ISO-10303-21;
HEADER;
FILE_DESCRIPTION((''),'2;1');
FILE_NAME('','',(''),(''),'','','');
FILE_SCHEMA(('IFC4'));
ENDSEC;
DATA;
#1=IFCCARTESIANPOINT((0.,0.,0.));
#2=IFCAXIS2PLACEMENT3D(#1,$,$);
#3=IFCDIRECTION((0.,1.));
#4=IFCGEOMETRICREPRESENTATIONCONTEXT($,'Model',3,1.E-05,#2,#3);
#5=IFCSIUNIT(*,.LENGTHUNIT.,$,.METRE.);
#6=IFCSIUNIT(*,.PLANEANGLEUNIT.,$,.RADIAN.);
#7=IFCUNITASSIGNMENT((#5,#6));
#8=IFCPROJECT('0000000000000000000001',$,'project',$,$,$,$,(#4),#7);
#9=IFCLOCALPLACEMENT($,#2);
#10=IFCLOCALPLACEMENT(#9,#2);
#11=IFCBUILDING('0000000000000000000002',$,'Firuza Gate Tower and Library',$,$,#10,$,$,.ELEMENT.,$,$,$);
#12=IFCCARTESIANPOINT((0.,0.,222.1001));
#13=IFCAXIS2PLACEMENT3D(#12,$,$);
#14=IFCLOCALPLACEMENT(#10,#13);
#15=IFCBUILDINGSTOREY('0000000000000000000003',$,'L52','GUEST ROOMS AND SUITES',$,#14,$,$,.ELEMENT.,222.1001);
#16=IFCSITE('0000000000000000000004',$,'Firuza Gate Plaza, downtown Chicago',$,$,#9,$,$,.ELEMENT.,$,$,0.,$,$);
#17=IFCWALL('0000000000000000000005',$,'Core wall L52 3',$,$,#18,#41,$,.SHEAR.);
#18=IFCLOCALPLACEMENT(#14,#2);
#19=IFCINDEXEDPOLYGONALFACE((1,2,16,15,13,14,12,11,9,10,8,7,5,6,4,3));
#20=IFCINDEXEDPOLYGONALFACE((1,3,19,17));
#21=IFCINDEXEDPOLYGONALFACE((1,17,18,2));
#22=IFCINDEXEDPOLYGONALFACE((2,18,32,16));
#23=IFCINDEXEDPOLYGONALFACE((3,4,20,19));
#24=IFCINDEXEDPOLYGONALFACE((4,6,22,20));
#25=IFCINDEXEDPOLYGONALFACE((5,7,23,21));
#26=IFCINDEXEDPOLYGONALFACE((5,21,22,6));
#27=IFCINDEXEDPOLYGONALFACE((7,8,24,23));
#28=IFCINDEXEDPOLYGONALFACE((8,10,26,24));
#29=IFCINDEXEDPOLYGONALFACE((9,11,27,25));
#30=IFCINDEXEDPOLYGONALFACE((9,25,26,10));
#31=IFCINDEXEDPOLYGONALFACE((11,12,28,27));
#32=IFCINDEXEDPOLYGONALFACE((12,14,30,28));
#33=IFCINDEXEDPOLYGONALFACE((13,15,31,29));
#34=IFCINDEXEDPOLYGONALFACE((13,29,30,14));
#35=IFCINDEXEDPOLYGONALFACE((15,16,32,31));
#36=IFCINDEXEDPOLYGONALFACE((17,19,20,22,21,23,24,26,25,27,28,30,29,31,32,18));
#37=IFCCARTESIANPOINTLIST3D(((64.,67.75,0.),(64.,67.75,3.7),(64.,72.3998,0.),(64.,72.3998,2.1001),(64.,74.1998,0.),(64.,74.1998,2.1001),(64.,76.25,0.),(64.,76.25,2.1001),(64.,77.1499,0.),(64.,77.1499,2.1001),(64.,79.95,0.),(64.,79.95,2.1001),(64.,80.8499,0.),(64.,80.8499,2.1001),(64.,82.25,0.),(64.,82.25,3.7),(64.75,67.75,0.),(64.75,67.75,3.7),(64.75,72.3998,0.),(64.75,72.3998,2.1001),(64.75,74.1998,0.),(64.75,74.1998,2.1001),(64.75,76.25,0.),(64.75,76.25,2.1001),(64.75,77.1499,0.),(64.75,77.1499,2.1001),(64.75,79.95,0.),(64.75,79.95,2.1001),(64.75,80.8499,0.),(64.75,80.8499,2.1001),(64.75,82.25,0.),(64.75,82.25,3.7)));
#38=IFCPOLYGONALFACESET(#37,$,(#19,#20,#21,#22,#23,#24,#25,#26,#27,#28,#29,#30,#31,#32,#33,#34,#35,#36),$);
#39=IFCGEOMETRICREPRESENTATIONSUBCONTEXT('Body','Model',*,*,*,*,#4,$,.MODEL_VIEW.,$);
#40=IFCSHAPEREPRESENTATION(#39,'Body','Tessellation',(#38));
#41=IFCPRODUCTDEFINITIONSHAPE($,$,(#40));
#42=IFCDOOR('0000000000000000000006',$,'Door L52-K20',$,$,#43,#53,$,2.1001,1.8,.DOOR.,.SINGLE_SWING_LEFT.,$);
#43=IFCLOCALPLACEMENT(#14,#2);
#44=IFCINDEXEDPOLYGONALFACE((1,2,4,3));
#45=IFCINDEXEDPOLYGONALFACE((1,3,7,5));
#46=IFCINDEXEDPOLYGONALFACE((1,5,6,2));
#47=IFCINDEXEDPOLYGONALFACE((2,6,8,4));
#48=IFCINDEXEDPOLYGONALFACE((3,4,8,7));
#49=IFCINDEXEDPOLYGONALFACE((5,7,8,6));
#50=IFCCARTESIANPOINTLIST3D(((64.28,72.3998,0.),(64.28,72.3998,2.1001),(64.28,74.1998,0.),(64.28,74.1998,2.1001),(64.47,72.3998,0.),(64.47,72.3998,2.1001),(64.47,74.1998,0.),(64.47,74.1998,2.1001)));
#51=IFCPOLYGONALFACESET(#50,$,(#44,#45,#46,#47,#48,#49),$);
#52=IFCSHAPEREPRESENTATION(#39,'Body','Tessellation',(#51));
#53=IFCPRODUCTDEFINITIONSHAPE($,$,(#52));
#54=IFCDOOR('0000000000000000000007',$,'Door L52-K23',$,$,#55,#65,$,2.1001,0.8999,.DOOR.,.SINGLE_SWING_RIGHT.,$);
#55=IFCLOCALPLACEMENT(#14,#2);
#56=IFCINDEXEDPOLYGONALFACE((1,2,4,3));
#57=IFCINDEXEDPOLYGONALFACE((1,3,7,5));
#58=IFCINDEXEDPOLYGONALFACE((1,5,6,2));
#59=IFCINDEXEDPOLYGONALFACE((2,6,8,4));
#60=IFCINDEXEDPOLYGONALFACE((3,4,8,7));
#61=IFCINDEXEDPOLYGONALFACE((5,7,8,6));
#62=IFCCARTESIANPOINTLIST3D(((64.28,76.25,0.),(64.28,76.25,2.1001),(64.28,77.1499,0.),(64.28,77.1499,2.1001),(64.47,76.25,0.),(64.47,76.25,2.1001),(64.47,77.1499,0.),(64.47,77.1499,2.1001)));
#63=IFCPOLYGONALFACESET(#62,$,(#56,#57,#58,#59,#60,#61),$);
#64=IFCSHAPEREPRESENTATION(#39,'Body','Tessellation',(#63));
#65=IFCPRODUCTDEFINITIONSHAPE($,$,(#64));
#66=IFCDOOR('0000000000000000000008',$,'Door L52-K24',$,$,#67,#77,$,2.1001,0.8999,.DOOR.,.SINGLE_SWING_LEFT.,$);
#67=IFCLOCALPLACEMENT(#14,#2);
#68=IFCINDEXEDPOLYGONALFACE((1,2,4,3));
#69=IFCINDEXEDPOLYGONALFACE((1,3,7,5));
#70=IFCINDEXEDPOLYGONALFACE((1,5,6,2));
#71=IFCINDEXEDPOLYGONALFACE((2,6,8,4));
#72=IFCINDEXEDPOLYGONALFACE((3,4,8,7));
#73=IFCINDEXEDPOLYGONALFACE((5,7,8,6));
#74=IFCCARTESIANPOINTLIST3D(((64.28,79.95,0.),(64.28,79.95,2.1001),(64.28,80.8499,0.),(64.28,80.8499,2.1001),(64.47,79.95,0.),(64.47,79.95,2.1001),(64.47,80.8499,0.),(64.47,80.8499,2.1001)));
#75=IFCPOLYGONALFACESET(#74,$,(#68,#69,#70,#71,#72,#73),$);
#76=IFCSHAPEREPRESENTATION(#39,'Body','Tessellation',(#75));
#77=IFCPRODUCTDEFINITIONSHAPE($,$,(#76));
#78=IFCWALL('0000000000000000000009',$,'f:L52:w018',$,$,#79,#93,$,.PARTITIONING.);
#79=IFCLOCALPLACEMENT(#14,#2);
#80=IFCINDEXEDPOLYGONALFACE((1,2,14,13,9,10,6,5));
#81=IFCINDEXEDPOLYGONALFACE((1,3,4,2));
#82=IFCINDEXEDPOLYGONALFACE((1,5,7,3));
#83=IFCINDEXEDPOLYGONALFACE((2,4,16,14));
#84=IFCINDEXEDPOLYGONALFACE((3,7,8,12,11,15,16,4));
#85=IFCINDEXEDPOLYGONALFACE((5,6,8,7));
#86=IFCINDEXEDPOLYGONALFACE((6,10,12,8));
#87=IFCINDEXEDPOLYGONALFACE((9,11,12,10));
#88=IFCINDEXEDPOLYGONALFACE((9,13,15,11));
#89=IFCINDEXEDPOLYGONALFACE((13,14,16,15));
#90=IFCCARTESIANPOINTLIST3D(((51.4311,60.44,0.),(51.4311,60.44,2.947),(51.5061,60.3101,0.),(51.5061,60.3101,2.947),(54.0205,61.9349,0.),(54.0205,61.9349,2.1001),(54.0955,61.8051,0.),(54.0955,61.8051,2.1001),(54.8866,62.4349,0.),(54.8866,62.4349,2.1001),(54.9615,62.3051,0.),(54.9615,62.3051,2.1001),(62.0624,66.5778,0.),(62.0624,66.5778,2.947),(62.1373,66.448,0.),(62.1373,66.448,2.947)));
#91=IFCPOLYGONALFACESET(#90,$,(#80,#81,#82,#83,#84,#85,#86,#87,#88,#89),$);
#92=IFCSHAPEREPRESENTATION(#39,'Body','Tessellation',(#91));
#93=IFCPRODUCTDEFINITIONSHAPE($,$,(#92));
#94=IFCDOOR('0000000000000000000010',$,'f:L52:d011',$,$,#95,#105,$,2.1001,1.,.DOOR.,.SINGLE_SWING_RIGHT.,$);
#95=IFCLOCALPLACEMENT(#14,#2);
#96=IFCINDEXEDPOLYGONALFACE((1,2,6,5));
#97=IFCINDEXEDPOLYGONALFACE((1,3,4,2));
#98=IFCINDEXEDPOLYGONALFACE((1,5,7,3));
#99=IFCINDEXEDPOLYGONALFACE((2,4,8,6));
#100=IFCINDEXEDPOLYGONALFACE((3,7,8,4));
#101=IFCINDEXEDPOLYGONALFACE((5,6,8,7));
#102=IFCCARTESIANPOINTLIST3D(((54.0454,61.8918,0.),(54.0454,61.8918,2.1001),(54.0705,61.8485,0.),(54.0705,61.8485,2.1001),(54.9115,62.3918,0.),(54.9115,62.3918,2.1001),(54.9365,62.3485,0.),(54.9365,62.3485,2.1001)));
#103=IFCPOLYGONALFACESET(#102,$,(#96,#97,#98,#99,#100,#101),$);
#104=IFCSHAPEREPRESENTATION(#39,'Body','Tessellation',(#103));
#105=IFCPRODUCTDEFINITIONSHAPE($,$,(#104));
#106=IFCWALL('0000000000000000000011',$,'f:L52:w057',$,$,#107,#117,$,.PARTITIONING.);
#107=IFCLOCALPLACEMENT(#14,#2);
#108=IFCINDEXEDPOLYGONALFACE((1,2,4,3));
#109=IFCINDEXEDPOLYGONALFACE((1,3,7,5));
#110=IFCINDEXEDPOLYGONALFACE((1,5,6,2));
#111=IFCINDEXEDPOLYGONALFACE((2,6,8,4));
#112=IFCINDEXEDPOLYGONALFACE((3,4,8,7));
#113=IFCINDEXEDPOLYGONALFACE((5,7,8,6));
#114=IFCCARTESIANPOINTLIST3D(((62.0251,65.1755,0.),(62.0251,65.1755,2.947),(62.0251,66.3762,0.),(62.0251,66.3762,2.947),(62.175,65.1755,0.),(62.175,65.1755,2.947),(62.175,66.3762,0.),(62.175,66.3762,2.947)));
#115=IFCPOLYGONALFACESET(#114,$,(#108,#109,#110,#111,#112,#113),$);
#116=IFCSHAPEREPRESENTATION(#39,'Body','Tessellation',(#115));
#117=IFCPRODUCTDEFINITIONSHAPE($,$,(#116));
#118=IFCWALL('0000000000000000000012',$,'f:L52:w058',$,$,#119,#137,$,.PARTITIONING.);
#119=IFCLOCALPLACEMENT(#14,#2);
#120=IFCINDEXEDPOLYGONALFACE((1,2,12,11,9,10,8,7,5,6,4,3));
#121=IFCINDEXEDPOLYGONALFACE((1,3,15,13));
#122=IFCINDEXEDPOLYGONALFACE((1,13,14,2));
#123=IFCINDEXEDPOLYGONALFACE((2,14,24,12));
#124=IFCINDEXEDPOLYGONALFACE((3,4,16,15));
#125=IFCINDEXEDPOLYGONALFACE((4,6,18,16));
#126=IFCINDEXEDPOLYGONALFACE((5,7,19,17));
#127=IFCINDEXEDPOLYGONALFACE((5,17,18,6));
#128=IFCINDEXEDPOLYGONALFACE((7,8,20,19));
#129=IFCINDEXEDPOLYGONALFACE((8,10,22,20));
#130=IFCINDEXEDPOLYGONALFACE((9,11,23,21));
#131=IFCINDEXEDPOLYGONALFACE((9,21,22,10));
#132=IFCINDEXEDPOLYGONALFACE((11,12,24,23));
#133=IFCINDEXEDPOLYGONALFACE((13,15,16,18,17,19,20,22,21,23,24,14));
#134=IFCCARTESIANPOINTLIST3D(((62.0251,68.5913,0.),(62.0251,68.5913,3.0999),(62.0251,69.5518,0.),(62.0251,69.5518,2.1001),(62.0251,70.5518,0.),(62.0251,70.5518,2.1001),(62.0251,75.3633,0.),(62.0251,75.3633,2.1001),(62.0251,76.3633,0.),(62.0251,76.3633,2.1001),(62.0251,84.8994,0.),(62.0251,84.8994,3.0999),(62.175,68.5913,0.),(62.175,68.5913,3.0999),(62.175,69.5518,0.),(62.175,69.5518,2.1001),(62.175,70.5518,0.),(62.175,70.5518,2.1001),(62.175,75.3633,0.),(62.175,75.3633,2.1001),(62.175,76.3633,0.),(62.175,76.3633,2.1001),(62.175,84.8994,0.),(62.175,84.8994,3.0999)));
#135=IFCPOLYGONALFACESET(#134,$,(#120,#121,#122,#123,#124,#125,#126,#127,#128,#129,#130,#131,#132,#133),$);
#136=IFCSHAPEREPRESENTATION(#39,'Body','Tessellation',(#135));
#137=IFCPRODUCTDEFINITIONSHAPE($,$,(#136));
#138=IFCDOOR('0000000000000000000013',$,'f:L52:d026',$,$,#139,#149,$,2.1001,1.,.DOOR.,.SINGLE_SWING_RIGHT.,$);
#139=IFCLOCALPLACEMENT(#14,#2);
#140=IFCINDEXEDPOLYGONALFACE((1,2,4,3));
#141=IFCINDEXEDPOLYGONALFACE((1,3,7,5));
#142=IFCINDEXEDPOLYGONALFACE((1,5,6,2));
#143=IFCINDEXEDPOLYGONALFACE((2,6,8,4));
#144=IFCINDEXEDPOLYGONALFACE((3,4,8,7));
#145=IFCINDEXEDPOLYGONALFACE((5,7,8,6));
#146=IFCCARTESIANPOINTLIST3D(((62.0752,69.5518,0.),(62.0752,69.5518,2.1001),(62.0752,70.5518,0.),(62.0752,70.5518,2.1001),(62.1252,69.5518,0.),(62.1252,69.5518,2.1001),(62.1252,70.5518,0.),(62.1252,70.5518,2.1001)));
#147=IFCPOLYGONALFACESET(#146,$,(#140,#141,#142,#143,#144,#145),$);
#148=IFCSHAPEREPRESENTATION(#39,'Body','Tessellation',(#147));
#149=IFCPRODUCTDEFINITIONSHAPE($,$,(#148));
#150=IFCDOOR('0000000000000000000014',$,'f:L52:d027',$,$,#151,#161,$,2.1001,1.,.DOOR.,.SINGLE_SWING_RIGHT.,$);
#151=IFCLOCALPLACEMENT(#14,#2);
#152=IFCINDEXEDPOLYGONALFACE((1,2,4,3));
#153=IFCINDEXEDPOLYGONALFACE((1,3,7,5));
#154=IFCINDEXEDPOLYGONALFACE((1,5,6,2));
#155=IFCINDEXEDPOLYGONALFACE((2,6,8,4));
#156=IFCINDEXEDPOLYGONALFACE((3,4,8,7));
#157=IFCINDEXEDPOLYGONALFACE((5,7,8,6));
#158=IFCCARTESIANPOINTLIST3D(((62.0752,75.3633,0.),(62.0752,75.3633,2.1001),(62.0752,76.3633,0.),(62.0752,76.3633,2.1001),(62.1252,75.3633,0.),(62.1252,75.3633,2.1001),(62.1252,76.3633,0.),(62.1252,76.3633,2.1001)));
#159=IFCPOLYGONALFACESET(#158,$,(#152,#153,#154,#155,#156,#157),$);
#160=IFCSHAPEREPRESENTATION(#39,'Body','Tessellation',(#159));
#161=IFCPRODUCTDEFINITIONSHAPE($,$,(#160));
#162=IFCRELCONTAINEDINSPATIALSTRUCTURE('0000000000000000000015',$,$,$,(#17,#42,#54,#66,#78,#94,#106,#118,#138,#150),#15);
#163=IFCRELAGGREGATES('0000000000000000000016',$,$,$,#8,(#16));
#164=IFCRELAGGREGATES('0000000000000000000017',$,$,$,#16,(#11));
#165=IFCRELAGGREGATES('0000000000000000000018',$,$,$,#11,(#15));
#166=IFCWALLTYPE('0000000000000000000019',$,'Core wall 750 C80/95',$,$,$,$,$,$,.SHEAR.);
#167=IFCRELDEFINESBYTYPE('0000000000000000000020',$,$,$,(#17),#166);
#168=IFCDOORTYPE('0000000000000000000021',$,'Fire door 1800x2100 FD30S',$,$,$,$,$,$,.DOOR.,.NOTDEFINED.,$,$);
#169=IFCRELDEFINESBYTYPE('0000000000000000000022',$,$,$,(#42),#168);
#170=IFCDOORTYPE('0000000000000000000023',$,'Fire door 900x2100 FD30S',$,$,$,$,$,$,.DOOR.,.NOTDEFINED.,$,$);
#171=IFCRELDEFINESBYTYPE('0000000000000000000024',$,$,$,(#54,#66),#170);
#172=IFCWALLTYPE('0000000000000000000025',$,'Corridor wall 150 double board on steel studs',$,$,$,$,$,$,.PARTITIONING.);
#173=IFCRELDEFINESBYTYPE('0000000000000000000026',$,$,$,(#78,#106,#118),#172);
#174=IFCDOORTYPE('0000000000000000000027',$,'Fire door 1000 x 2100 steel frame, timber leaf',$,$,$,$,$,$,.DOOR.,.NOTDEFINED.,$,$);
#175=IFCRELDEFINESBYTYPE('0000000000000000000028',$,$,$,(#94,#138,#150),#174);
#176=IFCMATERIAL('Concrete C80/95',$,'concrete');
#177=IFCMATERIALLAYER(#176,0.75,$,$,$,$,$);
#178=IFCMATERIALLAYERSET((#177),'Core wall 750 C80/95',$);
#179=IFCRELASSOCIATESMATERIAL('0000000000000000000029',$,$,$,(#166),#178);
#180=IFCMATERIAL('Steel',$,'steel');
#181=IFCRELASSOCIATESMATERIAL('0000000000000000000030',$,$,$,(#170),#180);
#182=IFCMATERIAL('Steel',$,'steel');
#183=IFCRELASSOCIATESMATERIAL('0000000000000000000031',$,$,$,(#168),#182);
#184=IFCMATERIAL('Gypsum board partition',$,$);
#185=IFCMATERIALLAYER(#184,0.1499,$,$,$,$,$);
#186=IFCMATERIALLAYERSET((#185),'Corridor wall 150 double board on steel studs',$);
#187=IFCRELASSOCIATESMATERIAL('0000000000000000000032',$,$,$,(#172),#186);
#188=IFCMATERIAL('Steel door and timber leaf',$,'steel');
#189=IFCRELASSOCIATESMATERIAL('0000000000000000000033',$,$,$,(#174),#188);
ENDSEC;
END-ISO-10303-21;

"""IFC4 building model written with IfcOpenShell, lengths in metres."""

from ifc_helpers import new_model, si_unit, direction, frame, frame_2d, origin, place, context, subcontext, project, spatial, rectangle, extrude, material, layer, layer_set, type_object, element, fill, save


model = new_model("IFC4")

# Units and contexts
model_context = context("Model", 3, precision=1e-05, world=origin(), true_north=direction((0.0, 1.0)))
body_context = subcontext(model_context, "Body", "Model", "MODEL_VIEW")
ifc_project = project(units=[si_unit("LENGTHUNIT", "METRE"), si_unit("PLANEANGLEUNIT", "RADIAN")], contexts=[model_context])

# Site, building, storey
site_placement = place(None, origin())
site = spatial("IfcSite", under=ifc_project, at=site_placement, Name="Firuza Gate Plaza, downtown Chicago", CompositionType="ELEMENT", RefElevation=0.0)
building_placement = place(site_placement, origin())
building = spatial("IfcBuilding", under=site, at=building_placement, Name="Firuza Gate Tower and Library", CompositionType="ELEMENT")
storey_placement = place(building_placement, frame((0.0, 0.0, 222.1001)))
storey = spatial("IfcBuildingStorey", under=building, at=storey_placement, Name="L52", Description="GUEST ROOMS AND SUITES", CompositionType="ELEMENT", Elevation=222.1001)

# Shared definitions
ifc_material_1 = material(Name="Concrete C80/95", Category="concrete")
ifc_layer_1 = layer(ifc_material_1, 0.75)
ifc_layer_set_1 = layer_set([ifc_layer_1], Name="Core wall 750 C80/95")
wall_type_1 = type_object("IfcWallType", Name="Core wall 750 C80/95", PredefinedType="SHEAR", material=ifc_layer_set_1)
ifc_material_2 = material(Name="Steel", Category="steel")
door_type_1 = type_object("IfcDoorType", Name="Fire door 900x2100 FD30S", OperationType="NOTDEFINED", PredefinedType="DOOR", material=ifc_material_2)

# Wall, openings, doors
wall_1_placement = place(storey_placement, frame((64.375, 67.75, 0.0), z_axis=(0.0, 0.0, 1.0), x_axis=(0.0, 1.0, 0.0)))
wall_1 = element("IfcWall", 1, at=wall_1_placement, inside=storey, type_object=wall_type_1, Name="Core wall L52 3", PredefinedType="SHEAR", context=body_context, shape_type="SweptSolid", body=[
    extrude(rectangle(XDim=14.5, YDim=0.75, at=frame_2d((7.25, 0.0))), origin(), (0.0, 0.0, 1.0), 3.7),
])
opening_1_placement = place(wall_1_placement, frame((4.6499, 0.0, 0.0)))
opening_1 = element("IfcOpeningElement", 2, at=opening_1_placement, cuts=wall_1, PredefinedType="OPENING", context=body_context, shape_type="SweptSolid", body=[
    extrude(rectangle(XDim=1.8, YDim=2.1001, at=frame_2d((0.8999, 1.05))), frame((0.0, 0.385, 0.0), z_axis=(0.0, -1.0, 0.0), x_axis=(1.0, 0.0, 0.0)), (0.0, 0.0, 1.0), 0.77),
])
opening_2_placement = place(wall_1_placement, frame((8.5, 0.0, 0.0)))
opening_2 = element("IfcOpeningElement", 3, at=opening_2_placement, cuts=wall_1, PredefinedType="OPENING", context=body_context, shape_type="SweptSolid", body=[
    extrude(rectangle(XDim=0.8999, YDim=2.1001, at=frame_2d((0.45, 1.05))), frame((0.0, 0.385, 0.0), z_axis=(0.0, -1.0, 0.0), x_axis=(1.0, 0.0, 0.0)), (0.0, 0.0, 1.0), 0.77),
])
opening_3_placement = place(wall_1_placement, frame((12.2, 0.0, 0.0)))
opening_3 = element("IfcOpeningElement", 4, at=opening_3_placement, cuts=wall_1, PredefinedType="OPENING", context=body_context, shape_type="SweptSolid", body=[
    extrude(rectangle(XDim=0.8999, YDim=2.1001, at=frame_2d((0.45, 1.05))), frame((0.0, 0.385, 0.0), z_axis=(0.0, -1.0, 0.0), x_axis=(1.0, 0.0, 0.0)), (0.0, 0.0, 1.0), 0.77),
])
ifc_material_3 = material(Name="Steel", Category="steel")
door_type_2 = type_object("IfcDoorType", Name="Fire door 1800x2100 FD30S", OperationType="NOTDEFINED", PredefinedType="DOOR", material=ifc_material_3)
door_1_placement = place(opening_1_placement, origin())
door_1 = element("IfcDoor", 5, at=door_1_placement, inside=storey, type_object=door_type_2, Name="Door L52-K20", OperationType="SINGLE_SWING_LEFT", OverallHeight=2.1001, OverallWidth=1.8, PredefinedType="DOOR", context=body_context, shape_type="SweptSolid", body=[
    extrude(rectangle(XDim=1.8, YDim=2.1001, at=frame_2d((0.8999, 1.05))), frame((0.0, 0.095, 0.0), z_axis=(0.0, -1.0, 0.0), x_axis=(1.0, 0.0, 0.0)), (0.0, 0.0, 1.0), 0.1899),
])
fill(opening_1, door_1)
door_2_placement = place(opening_2_placement, origin())
door_2 = element("IfcDoor", 6, at=door_2_placement, inside=storey, type_object=door_type_1, Name="Door L52-K23", OperationType="SINGLE_SWING_RIGHT", OverallHeight=2.1001, OverallWidth=0.8999, PredefinedType="DOOR", context=body_context, shape_type="SweptSolid", body=[
    extrude(rectangle(XDim=0.8999, YDim=2.1001, at=frame_2d((0.45, 1.05))), frame((0.0, 0.095, 0.0), z_axis=(0.0, -1.0, 0.0), x_axis=(1.0, 0.0, 0.0)), (0.0, 0.0, 1.0), 0.1899),
])
fill(opening_2, door_2)
door_3_placement = place(opening_3_placement, origin())
door_3 = element("IfcDoor", 7, at=door_3_placement, inside=storey, type_object=door_type_1, Name="Door L52-K24", OperationType="SINGLE_SWING_LEFT", OverallHeight=2.1001, OverallWidth=0.8999, PredefinedType="DOOR", context=body_context, shape_type="SweptSolid", body=[
    extrude(rectangle(XDim=0.8999, YDim=2.1001, at=frame_2d((0.45, 1.05))), frame((0.0, 0.095, 0.0), z_axis=(0.0, -1.0, 0.0), x_axis=(1.0, 0.0, 0.0)), (0.0, 0.0, 1.0), 0.1899),
])
fill(opening_3, door_3)

# Wall, opening, door
ifc_material_4 = material(Name="Gypsum board partition")
ifc_layer_2 = layer(ifc_material_4, 0.1499)
ifc_layer_set_2 = layer_set([ifc_layer_2], Name="Corridor wall 150 double board on steel studs")
wall_type_2 = type_object("IfcWallType", Name="Corridor wall 150 double board on steel studs", PredefinedType="PARTITIONING", material=ifc_layer_set_2)
wall_2_placement = place(storey_placement, frame((62.0999, 66.5129, 0.0), z_axis=(0.0, 0.0, 1.0), x_axis=(-0.866028, -0.499996, 0.0)))
wall_2 = element("IfcWall", 8, at=wall_2_placement, inside=storey, type_object=wall_type_2, Name="f:L52:w018", PredefinedType="PARTITIONING", context=body_context, shape_type="SweptSolid", body=[
    extrude(rectangle(XDim=12.2759, YDim=0.1499, at=frame_2d((6.1379, 0.0))), origin(), (0.0, 0.0, 1.0), 2.947),
])
opening_4_placement = place(wall_2_placement, frame((8.2859, 0.0, 0.0)))
opening_4 = element("IfcOpeningElement", 9, at=opening_4_placement, cuts=wall_2, PredefinedType="OPENING", context=body_context, shape_type="SweptSolid", body=[
    extrude(rectangle(XDim=1.0, YDim=2.1001, at=frame_2d((0.5, 1.05))), frame((0.0, 0.085, 0.0), z_axis=(0.0, -1.0, 0.0), x_axis=(1.0, 0.0, 0.0)), (0.0, 0.0, 1.0), 0.1699),
])
ifc_material_5 = material(Name="Steel door and timber leaf", Category="steel")
door_type_3 = type_object("IfcDoorType", Name="Fire door 1000 x 2100 steel frame, timber leaf", OperationType="NOTDEFINED", PredefinedType="DOOR", material=ifc_material_5)
door_4_placement = place(opening_4_placement, origin())
door_4 = element("IfcDoor", 10, at=door_4_placement, inside=storey, type_object=door_type_3, Name="f:L52:d011", OperationType="SINGLE_SWING_RIGHT", OverallHeight=2.1001, OverallWidth=1.0, PredefinedType="DOOR", context=body_context, shape_type="SweptSolid", body=[
    extrude(rectangle(XDim=1.0, YDim=2.1001, at=frame_2d((0.5, 1.05))), frame((0.0, 0.0249, 0.0), z_axis=(0.0, -1.0, 0.0), x_axis=(1.0, 0.0, 0.0)), (0.0, 0.0, 1.0), 0.05),
])
fill(opening_4, door_4)

# Wall
wall_3_placement = place(storey_placement, frame((62.1001, 65.1755, 0.0), z_axis=(0.0, 0.0, 1.0), x_axis=(0.0, 1.0, 0.0)))
element("IfcWall", 11, at=wall_3_placement, inside=storey, type_object=wall_type_2, Name="f:L52:w057", PredefinedType="PARTITIONING", context=body_context, shape_type="SweptSolid", body=[
    extrude(rectangle(XDim=1.2007, YDim=0.1499, at=frame_2d((0.6003, 0.0))), origin(), (0.0, 0.0, 1.0), 2.947),
])

# Wall, openings, doors
wall_4_placement = place(storey_placement, frame((62.1001, 68.5913, 0.0), z_axis=(0.0, 0.0, 1.0), x_axis=(0.0, 1.0, 0.0)))
wall_4 = element("IfcWall", 12, at=wall_4_placement, inside=storey, type_object=wall_type_2, Name="f:L52:w058", PredefinedType="PARTITIONING", context=body_context, shape_type="SweptSolid", body=[
    extrude(rectangle(XDim=16.3081, YDim=0.1499, at=frame_2d((8.1541, 0.0))), origin(), (0.0, 0.0, 1.0), 3.0999),
])
opening_5_placement = place(wall_4_placement, frame((0.9604, 0.0, 0.0)))
opening_5 = element("IfcOpeningElement", 13, at=opening_5_placement, cuts=wall_4, PredefinedType="OPENING", context=body_context, shape_type="SweptSolid", body=[
    extrude(rectangle(XDim=1.0, YDim=2.1001, at=frame_2d((0.5, 1.05))), frame((0.0, 0.085, 0.0), z_axis=(0.0, -1.0, 0.0), x_axis=(1.0, 0.0, 0.0)), (0.0, 0.0, 1.0), 0.1699),
])
opening_6_placement = place(wall_4_placement, frame((6.772, 0.0, 0.0)))
opening_6 = element("IfcOpeningElement", 14, at=opening_6_placement, cuts=wall_4, PredefinedType="OPENING", context=body_context, shape_type="SweptSolid", body=[
    extrude(rectangle(XDim=1.0, YDim=2.1001, at=frame_2d((0.5, 1.05))), frame((0.0, 0.085, 0.0), z_axis=(0.0, -1.0, 0.0), x_axis=(1.0, 0.0, 0.0)), (0.0, 0.0, 1.0), 0.1699),
])
door_5_placement = place(opening_5_placement, origin())
door_5 = element("IfcDoor", 15, at=door_5_placement, inside=storey, type_object=door_type_3, Name="f:L52:d026", OperationType="SINGLE_SWING_RIGHT", OverallHeight=2.1001, OverallWidth=1.0, PredefinedType="DOOR", context=body_context, shape_type="SweptSolid", body=[
    extrude(rectangle(XDim=1.0, YDim=2.1001, at=frame_2d((0.5, 1.05))), frame((0.0, 0.0249, 0.0), z_axis=(0.0, -1.0, 0.0), x_axis=(1.0, 0.0, 0.0)), (0.0, 0.0, 1.0), 0.05),
])
fill(opening_5, door_5)
door_6_placement = place(opening_6_placement, origin())
door_6 = element("IfcDoor", 16, at=door_6_placement, inside=storey, type_object=door_type_3, Name="f:L52:d027", OperationType="SINGLE_SWING_RIGHT", OverallHeight=2.1001, OverallWidth=1.0, PredefinedType="DOOR", context=body_context, shape_type="SweptSolid", body=[
    extrude(rectangle(XDim=1.0, YDim=2.1001, at=frame_2d((0.5, 1.05))), frame((0.0, 0.0249, 0.0), z_axis=(0.0, -1.0, 0.0), x_axis=(1.0, 0.0, 0.0)), (0.0, 0.0, 1.0), 0.05),
])
fill(opening_6, door_6)

save(model, "model.ifc")
